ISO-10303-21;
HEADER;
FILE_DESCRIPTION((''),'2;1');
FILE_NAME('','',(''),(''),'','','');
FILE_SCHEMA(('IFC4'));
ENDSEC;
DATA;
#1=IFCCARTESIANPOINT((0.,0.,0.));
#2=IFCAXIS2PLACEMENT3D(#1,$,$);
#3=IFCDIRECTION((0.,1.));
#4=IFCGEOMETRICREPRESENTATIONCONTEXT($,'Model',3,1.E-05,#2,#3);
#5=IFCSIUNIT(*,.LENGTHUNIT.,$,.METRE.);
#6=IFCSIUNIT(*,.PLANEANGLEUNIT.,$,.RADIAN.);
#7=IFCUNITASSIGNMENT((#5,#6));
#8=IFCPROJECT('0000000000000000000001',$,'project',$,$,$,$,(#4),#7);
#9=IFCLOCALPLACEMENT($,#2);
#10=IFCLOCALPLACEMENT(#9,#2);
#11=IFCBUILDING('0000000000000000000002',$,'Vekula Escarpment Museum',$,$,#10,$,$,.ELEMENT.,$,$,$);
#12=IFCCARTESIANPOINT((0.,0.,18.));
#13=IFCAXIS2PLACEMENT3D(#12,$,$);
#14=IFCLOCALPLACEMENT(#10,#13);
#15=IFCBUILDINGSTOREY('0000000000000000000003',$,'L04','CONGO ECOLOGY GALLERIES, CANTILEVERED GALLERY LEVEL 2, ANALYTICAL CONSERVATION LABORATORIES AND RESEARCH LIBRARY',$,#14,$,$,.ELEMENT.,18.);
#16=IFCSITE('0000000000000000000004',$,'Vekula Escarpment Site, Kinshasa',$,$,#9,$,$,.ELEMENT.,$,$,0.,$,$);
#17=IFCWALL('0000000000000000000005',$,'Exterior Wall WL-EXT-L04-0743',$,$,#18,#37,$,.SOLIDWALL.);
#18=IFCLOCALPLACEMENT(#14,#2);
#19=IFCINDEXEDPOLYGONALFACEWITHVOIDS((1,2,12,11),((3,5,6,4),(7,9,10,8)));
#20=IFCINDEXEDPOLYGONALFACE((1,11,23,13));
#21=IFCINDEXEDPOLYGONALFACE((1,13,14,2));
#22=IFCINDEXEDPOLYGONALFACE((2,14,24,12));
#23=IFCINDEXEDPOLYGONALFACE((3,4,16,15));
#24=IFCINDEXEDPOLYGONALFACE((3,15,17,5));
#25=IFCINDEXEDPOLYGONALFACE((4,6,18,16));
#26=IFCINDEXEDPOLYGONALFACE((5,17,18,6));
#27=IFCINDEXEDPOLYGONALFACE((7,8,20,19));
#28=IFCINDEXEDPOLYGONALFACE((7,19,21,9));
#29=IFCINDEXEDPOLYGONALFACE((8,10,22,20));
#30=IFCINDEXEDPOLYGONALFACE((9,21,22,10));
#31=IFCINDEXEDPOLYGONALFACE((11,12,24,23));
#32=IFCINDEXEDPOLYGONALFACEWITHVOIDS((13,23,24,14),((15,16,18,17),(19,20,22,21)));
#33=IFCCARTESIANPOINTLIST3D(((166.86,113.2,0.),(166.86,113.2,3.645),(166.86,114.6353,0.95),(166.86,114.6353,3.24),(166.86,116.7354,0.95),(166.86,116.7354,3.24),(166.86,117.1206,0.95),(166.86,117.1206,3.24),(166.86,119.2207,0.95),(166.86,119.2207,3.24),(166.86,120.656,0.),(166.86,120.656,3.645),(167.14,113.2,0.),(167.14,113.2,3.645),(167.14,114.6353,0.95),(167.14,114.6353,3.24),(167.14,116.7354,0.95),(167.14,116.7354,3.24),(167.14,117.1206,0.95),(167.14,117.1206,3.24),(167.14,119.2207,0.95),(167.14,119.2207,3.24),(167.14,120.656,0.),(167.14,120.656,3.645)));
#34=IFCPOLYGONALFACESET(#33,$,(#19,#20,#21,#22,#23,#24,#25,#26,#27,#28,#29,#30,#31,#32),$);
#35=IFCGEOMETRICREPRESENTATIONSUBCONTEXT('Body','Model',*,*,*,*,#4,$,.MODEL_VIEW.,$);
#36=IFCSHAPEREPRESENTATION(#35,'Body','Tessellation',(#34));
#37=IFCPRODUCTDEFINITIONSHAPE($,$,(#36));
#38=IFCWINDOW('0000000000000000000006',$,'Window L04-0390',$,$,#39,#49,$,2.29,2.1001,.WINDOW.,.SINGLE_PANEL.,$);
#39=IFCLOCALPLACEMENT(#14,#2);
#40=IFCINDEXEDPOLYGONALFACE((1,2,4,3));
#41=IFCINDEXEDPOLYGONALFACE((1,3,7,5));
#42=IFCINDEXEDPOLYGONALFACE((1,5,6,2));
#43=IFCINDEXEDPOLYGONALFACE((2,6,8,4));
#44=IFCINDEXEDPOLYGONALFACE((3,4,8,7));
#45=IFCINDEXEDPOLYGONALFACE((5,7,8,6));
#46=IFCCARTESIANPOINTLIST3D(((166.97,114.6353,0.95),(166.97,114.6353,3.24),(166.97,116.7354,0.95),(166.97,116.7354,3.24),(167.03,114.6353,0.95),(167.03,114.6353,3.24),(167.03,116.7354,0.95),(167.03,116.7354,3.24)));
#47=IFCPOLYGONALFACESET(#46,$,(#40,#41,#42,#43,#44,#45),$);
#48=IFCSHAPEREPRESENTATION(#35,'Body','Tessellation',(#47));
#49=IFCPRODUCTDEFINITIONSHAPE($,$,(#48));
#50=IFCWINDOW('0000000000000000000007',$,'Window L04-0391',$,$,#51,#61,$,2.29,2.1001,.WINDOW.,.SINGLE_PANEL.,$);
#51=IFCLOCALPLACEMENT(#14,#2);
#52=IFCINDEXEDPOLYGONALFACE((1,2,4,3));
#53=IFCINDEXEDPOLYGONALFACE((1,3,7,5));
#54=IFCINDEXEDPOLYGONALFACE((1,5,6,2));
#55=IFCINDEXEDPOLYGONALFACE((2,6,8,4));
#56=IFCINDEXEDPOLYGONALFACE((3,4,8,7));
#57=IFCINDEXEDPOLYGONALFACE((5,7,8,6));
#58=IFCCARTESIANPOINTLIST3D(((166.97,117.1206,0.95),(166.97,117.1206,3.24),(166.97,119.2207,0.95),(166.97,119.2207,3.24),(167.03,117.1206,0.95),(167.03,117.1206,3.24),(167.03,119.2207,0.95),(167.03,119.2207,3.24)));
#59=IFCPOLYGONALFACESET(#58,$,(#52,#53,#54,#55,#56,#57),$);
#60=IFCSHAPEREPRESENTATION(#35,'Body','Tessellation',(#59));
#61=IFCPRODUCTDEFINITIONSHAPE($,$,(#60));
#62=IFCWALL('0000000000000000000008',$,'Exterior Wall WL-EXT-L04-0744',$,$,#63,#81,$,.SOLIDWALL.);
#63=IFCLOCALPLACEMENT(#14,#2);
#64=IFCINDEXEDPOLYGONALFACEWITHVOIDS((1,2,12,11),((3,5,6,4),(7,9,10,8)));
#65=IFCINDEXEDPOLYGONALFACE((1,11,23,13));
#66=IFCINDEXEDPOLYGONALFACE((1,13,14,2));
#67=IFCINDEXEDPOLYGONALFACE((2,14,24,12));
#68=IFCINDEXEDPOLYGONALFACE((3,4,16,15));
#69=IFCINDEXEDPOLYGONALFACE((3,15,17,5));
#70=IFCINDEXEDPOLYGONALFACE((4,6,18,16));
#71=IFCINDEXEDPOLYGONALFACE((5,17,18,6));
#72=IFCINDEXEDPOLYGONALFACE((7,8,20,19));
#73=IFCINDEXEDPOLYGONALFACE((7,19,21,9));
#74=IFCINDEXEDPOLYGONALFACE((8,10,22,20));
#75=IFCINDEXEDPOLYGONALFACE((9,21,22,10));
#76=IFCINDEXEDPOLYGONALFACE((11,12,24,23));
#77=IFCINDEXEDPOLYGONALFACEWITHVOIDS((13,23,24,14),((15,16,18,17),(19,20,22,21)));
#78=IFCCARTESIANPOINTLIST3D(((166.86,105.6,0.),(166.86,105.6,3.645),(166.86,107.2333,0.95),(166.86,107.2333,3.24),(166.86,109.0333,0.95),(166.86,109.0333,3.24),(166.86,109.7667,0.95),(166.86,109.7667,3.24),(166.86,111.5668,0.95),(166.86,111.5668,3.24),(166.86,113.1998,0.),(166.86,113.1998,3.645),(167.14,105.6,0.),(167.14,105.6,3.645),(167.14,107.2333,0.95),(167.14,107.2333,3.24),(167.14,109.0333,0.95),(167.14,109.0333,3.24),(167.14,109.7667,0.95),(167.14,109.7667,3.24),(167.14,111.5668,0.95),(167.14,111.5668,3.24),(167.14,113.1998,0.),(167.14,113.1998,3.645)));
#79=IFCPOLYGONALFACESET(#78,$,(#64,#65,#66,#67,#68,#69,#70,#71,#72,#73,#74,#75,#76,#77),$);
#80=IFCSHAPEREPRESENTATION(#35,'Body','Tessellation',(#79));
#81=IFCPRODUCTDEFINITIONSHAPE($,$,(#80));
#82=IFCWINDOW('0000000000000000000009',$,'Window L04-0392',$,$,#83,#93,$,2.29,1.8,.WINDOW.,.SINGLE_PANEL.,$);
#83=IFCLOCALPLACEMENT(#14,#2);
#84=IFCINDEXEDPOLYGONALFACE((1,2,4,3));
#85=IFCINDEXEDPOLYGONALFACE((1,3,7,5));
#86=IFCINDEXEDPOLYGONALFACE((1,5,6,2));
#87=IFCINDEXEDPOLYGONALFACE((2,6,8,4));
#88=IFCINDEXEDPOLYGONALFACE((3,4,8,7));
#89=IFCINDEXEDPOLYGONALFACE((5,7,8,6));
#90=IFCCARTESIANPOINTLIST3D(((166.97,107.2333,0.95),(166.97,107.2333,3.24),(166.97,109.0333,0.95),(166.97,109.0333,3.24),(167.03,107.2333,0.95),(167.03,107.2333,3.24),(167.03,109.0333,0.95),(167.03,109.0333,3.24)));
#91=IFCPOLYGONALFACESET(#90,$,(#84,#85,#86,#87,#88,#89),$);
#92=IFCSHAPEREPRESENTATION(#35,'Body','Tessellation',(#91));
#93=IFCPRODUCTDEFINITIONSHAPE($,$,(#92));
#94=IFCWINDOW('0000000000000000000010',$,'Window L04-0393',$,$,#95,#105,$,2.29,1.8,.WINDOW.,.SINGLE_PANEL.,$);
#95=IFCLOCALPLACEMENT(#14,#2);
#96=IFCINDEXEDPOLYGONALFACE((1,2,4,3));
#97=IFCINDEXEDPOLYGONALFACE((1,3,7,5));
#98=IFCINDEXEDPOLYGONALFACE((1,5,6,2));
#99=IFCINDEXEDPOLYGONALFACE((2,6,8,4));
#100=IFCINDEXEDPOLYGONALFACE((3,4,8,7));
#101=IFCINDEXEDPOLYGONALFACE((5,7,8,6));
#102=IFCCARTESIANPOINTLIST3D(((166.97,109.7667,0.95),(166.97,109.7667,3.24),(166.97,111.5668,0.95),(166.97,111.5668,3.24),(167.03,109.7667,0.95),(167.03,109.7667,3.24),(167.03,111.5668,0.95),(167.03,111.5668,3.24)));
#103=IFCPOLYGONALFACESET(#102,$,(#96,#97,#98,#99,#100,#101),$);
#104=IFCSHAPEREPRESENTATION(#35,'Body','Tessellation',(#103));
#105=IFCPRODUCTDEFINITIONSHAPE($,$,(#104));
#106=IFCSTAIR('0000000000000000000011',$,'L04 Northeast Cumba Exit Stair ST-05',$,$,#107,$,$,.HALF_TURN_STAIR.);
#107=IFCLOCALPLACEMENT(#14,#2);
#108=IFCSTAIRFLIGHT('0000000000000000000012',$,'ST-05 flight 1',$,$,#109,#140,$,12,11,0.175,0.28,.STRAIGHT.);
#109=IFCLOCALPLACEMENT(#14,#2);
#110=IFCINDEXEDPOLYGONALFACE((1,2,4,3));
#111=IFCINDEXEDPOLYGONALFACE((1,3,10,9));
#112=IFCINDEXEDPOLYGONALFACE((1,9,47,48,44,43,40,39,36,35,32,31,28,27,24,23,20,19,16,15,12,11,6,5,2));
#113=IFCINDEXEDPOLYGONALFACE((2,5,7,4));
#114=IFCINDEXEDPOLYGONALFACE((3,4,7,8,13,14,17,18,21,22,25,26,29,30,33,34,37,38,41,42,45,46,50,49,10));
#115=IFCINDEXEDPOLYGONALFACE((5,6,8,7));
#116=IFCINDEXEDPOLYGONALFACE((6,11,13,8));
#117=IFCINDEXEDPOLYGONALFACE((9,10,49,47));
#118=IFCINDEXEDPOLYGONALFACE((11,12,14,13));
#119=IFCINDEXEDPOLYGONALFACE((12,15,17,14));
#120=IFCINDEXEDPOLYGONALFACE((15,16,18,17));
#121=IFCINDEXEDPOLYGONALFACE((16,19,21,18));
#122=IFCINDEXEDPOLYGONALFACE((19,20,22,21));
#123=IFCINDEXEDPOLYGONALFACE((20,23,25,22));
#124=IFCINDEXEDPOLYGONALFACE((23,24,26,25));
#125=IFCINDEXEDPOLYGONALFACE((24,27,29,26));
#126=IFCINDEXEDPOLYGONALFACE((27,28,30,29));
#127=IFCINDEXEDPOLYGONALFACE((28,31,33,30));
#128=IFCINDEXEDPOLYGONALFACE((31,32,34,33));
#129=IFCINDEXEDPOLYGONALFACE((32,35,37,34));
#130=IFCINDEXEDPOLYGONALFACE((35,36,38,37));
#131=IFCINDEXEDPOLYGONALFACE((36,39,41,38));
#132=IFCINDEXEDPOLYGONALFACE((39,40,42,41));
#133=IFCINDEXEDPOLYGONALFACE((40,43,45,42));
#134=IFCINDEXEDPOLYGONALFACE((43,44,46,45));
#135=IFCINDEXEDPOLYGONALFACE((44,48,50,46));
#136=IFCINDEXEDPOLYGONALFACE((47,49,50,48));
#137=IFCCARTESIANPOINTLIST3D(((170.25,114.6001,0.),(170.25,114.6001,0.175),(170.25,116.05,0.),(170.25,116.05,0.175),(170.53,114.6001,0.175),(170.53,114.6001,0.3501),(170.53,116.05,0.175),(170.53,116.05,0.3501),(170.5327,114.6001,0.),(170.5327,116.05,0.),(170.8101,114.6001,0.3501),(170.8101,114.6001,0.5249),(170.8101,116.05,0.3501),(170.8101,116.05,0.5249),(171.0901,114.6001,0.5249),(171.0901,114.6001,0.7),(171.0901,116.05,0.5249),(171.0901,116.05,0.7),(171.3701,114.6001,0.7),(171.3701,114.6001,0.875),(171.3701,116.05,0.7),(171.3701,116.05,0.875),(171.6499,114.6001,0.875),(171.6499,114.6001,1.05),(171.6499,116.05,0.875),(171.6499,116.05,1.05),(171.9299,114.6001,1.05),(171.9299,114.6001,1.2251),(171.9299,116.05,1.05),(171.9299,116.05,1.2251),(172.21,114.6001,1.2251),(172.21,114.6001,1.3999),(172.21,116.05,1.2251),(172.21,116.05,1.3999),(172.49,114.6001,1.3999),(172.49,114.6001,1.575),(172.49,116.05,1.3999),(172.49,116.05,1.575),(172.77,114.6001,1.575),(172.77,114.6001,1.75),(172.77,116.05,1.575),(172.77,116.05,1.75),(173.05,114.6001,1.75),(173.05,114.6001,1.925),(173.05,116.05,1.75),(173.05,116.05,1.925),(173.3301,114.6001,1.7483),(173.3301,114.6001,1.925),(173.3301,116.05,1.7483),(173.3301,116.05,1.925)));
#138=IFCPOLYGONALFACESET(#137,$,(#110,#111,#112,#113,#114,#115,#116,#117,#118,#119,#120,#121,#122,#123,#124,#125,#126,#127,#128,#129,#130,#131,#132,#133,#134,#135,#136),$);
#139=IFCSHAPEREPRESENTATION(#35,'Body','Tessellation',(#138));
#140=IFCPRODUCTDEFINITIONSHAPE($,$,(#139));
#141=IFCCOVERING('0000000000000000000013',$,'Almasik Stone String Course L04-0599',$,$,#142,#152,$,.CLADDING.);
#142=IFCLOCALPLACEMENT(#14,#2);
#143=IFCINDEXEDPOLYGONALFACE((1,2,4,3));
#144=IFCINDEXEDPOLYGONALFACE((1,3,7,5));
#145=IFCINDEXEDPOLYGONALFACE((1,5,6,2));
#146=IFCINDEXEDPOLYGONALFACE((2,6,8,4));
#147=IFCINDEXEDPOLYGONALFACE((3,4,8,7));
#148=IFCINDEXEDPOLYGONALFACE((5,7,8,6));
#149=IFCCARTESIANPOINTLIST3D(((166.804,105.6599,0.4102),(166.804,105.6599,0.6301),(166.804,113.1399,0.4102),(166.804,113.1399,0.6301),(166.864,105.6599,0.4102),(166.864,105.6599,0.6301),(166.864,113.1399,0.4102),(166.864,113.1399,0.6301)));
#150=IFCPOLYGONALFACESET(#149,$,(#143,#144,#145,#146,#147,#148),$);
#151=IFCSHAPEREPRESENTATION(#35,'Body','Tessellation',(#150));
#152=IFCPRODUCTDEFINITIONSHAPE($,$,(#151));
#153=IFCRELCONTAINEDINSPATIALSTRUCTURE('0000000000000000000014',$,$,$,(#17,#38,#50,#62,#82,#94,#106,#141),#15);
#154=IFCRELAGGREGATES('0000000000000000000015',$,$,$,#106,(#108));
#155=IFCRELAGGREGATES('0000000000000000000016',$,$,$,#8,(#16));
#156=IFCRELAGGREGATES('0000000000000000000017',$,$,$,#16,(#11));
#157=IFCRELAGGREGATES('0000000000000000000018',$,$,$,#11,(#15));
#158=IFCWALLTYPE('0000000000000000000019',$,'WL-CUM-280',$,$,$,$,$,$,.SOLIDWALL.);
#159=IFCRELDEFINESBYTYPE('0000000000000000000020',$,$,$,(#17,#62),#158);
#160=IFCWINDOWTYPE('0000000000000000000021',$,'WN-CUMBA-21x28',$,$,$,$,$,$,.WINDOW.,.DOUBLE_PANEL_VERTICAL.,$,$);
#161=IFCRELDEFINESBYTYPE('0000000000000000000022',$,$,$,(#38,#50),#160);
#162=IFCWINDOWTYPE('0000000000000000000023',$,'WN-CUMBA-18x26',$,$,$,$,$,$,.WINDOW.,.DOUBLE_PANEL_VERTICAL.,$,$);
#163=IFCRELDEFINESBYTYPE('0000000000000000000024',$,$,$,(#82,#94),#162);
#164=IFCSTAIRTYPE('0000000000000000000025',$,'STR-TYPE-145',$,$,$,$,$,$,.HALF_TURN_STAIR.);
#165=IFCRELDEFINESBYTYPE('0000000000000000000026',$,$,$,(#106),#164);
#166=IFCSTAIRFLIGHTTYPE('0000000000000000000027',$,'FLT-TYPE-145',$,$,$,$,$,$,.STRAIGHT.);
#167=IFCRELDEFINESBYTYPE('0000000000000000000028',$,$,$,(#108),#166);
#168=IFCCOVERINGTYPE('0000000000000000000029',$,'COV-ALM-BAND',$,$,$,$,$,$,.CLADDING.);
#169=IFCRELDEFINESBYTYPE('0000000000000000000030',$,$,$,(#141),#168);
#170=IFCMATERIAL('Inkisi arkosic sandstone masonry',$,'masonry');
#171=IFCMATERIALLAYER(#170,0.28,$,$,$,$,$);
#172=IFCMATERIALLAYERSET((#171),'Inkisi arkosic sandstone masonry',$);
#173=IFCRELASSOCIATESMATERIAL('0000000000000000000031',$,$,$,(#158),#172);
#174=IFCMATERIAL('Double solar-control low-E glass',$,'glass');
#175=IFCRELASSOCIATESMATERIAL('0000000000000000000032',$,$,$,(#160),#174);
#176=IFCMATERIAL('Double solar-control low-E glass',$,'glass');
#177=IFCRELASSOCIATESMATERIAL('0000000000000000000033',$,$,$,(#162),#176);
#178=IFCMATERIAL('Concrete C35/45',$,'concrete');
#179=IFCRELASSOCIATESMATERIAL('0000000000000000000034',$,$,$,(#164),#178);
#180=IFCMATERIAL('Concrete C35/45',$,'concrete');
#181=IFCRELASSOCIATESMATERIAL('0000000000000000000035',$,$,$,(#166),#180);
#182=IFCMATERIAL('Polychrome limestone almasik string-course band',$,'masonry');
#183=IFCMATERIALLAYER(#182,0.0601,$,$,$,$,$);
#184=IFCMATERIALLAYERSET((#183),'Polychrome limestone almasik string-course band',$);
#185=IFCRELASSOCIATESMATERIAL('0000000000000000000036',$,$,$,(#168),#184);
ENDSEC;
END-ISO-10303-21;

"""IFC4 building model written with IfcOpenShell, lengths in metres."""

from ifc_helpers import new_model, si_unit, direction, frame, frame_2d, origin, origin_2d, place, context, subcontext, project, spatial, polyline, rectangle, outline, extrude, material, layer, layer_set, type_object, element, fill, aggregate, save


model = new_model("IFC4")

# Units and contexts
model_context = context("Model", 3, precision=1e-05, world=origin(), true_north=direction((0.0, 1.0)))
body_context = subcontext(model_context, "Body", "Model", "MODEL_VIEW")
ifc_project = project(units=[si_unit("LENGTHUNIT", "METRE"), si_unit("PLANEANGLEUNIT", "RADIAN")], contexts=[model_context])

# Site, building, storey
site_placement = place(None, origin())
site = spatial("IfcSite", under=ifc_project, at=site_placement, Name="Vekula Escarpment Site, Kinshasa", CompositionType="ELEMENT", RefElevation=0.0)
building_placement = place(site_placement, origin())
building = spatial("IfcBuilding", under=site, at=building_placement, Name="Vekula Escarpment Museum", CompositionType="ELEMENT")
storey_placement = place(building_placement, frame((0.0, 0.0, 18.0)))
storey = spatial("IfcBuildingStorey", under=building, at=storey_placement, Name="L04", Description="CONGO ECOLOGY GALLERIES, CANTILEVERED GALLERY LEVEL 2, ANALYTICAL CONSERVATION LABORATORIES AND RESEARCH LIBRARY", CompositionType="ELEMENT", Elevation=18.0)

# Walls, openings, windows
ifc_material_1 = material(Name="Inkisi arkosic sandstone masonry", Category="masonry")
ifc_layer_1 = layer(ifc_material_1, 0.28)
ifc_layer_set_1 = layer_set([ifc_layer_1], Name="Inkisi arkosic sandstone masonry")
wall_type_1 = type_object("IfcWallType", Name="WL-CUM-280", PredefinedType="SOLIDWALL", material=ifc_layer_set_1)
wall_1_placement = place(storey_placement, frame((167.0, 113.2, 0.0), z_axis=(0.0, 0.0, 1.0), x_axis=(0.0, 1.0, 0.0)))
wall_1 = element("IfcWall", 1, at=wall_1_placement, inside=storey, type_object=wall_type_1, Name="Exterior Wall WL-EXT-L04-0743", PredefinedType="SOLIDWALL", context=body_context, shape_type="SweptSolid", body=[
    extrude(rectangle(XDim=7.4561, YDim=0.28, at=frame_2d((3.728, 0.0))), origin(), (0.0, 0.0, 1.0), 3.645),
])
opening_1_placement = place(wall_1_placement, frame((1.4353, 0.0, 0.95)))
opening_1 = element("IfcOpeningElement", 2, at=opening_1_placement, cuts=wall_1, PredefinedType="OPENING", context=body_context, shape_type="SweptSolid", body=[
    extrude(rectangle(XDim=2.1001, YDim=2.29, at=frame_2d((1.05, 1.145))), frame((0.0, 0.1499, 0.0), z_axis=(0.0, -1.0, 0.0), x_axis=(1.0, 0.0, 0.0)), (0.0, 0.0, 1.0), 0.3),
])
opening_2_placement = place(wall_1_placement, frame((3.9207, 0.0, 0.95)))
opening_2 = element("IfcOpeningElement", 3, at=opening_2_placement, cuts=wall_1, PredefinedType="OPENING", context=body_context, shape_type="SweptSolid", body=[
    extrude(rectangle(XDim=2.1001, YDim=2.29, at=frame_2d((1.05, 1.145))), frame((0.0, 0.1499, 0.0), z_axis=(0.0, -1.0, 0.0), x_axis=(1.0, 0.0, 0.0)), (0.0, 0.0, 1.0), 0.3),
])
ifc_material_2 = material(Name="Double solar-control low-E glass", Category="glass")
window_type_1 = type_object("IfcWindowType", Name="WN-CUMBA-21x28", PartitioningType="DOUBLE_PANEL_VERTICAL", PredefinedType="WINDOW", material=ifc_material_2)
window_1_placement = place(opening_1_placement, origin())
window_1 = element("IfcWindow", 4, at=window_1_placement, inside=storey, type_object=window_type_1, Name="Window L04-0390", OverallHeight=2.29, OverallWidth=2.1001, PartitioningType="SINGLE_PANEL", PredefinedType="WINDOW", context=body_context, shape_type="SweptSolid", body=[
    extrude(rectangle(XDim=2.1001, YDim=2.29, at=frame_2d((1.05, 1.145))), frame((0.0, 0.03, 0.0), z_axis=(0.0, -1.0, 0.0), x_axis=(1.0, 0.0, 0.0)), (0.0, 0.0, 1.0), 0.0601),
])
fill(opening_1, window_1)
window_2_placement = place(opening_2_placement, origin())
window_2 = element("IfcWindow", 5, at=window_2_placement, inside=storey, type_object=window_type_1, Name="Window L04-0391", OverallHeight=2.29, OverallWidth=2.1001, PartitioningType="SINGLE_PANEL", PredefinedType="WINDOW", context=body_context, shape_type="SweptSolid", body=[
    extrude(rectangle(XDim=2.1001, YDim=2.29, at=frame_2d((1.05, 1.145))), frame((0.0, 0.03, 0.0), z_axis=(0.0, -1.0, 0.0), x_axis=(1.0, 0.0, 0.0)), (0.0, 0.0, 1.0), 0.0601),
])
fill(opening_2, window_2)
wall_2_placement = place(storey_placement, frame((167.0, 105.6001, 0.0), z_axis=(0.0, 0.0, 1.0), x_axis=(0.0, 1.0, 0.0)))
wall_2 = element("IfcWall", 6, at=wall_2_placement, inside=storey, type_object=wall_type_1, Name="Exterior Wall WL-EXT-L04-0744", PredefinedType="SOLIDWALL", context=body_context, shape_type="SweptSolid", body=[
    extrude(rectangle(XDim=7.5999, YDim=0.28, at=frame_2d((3.7998, 0.0))), origin(), (0.0, 0.0, 1.0), 3.645),
])
opening_3_placement = place(wall_2_placement, frame((1.6333, 0.0, 0.95)))
opening_3 = element("IfcOpeningElement", 7, at=opening_3_placement, cuts=wall_2, PredefinedType="OPENING", context=body_context, shape_type="SweptSolid", body=[
    extrude(rectangle(XDim=1.8, YDim=2.29, at=frame_2d((0.8999, 1.145))), frame((0.0, 0.1499, 0.0), z_axis=(0.0, -1.0, 0.0), x_axis=(1.0, 0.0, 0.0)), (0.0, 0.0, 1.0), 0.3),
])
opening_4_placement = place(wall_2_placement, frame((4.1667, 0.0, 0.95)))
opening_4 = element("IfcOpeningElement", 8, at=opening_4_placement, cuts=wall_2, PredefinedType="OPENING", context=body_context, shape_type="SweptSolid", body=[
    extrude(rectangle(XDim=1.8, YDim=2.29, at=frame_2d((0.8999, 1.145))), frame((0.0, 0.1499, 0.0), z_axis=(0.0, -1.0, 0.0), x_axis=(1.0, 0.0, 0.0)), (0.0, 0.0, 1.0), 0.3),
])
ifc_material_3 = material(Name="Double solar-control low-E glass", Category="glass")
window_type_2 = type_object("IfcWindowType", Name="WN-CUMBA-18x26", PartitioningType="DOUBLE_PANEL_VERTICAL", PredefinedType="WINDOW", material=ifc_material_3)
window_3_placement = place(opening_3_placement, origin())
window_3 = element("IfcWindow", 9, at=window_3_placement, inside=storey, type_object=window_type_2, Name="Window L04-0392", OverallHeight=2.29, OverallWidth=1.8, PartitioningType="SINGLE_PANEL", PredefinedType="WINDOW", context=body_context, shape_type="SweptSolid", body=[
    extrude(rectangle(XDim=1.8, YDim=2.29, at=frame_2d((0.8999, 1.145))), frame((0.0, 0.03, 0.0), z_axis=(0.0, -1.0, 0.0), x_axis=(1.0, 0.0, 0.0)), (0.0, 0.0, 1.0), 0.0601),
])
fill(opening_3, window_3)
window_4_placement = place(opening_4_placement, origin())
window_4 = element("IfcWindow", 10, at=window_4_placement, inside=storey, type_object=window_type_2, Name="Window L04-0393", OverallHeight=2.29, OverallWidth=1.8, PartitioningType="SINGLE_PANEL", PredefinedType="WINDOW", context=body_context, shape_type="SweptSolid", body=[
    extrude(rectangle(XDim=1.8, YDim=2.29, at=frame_2d((0.8999, 1.145))), frame((0.0, 0.03, 0.0), z_axis=(0.0, -1.0, 0.0), x_axis=(1.0, 0.0, 0.0)), (0.0, 0.0, 1.0), 0.0601),
])
fill(opening_4, window_4)

# Stair, stair flight
ifc_material_4 = material(Name="Concrete C35/45", Category="concrete")
stair_type = type_object("IfcStairType", Name="STR-TYPE-145", PredefinedType="HALF_TURN_STAIR", material=ifc_material_4)
stair_placement = place(storey_placement, origin())
stair = element("IfcStair", 11, at=stair_placement, inside=storey, type_object=stair_type, Name="L04 Northeast Cumba Exit Stair ST-05", PredefinedType="HALF_TURN_STAIR")
ifc_material_5 = material(Name="Concrete C35/45", Category="concrete")
stair_flight_type = type_object("IfcStairFlightType", Name="FLT-TYPE-145", PredefinedType="STRAIGHT", material=ifc_material_5)
stair_flight_placement = place(storey_placement, frame((170.25, 115.325, 0.0), z_axis=(0.0, 0.0, 1.0), x_axis=(1.0, 0.0, 0.0)))
stair_flight = element("IfcStairFlight", 12, at=stair_flight_placement, type_object=stair_flight_type, Name="ST-05 flight 1", NumberOfRisers=12, NumberOfTreads=11, PredefinedType="STRAIGHT", RiserHeight=0.175, TreadLength=0.28, context=body_context, shape_type="SweptSolid", body=[
    extrude(outline(polyline([(0.0, 0.0), (0.0, 0.175), (0.28, 0.175), (0.28, 0.3501), (0.5601, 0.3501), (0.5601, 0.5249), (0.8401, 0.5249), (0.8401, 0.7), (1.1201, 0.7), (1.1201, 0.875), (1.3999, 0.875), (1.3999, 1.05), (1.6799, 1.05), (1.6799, 1.2251), (1.96, 1.2251), (1.96, 1.3999), (2.24, 1.3999), (2.24, 1.575), (2.52, 1.575), (2.52, 1.75), (2.8, 1.75), (2.8, 1.925), (3.0801, 1.925), (3.0801, 2.1001), (3.0801, 1.7483), (0.2827, 0.0), (0.0, 0.0)])), frame((0.0, 0.7251, 0.0), z_axis=(0.0, -1.0, 0.0), x_axis=(1.0, 0.0, 0.0)), (0.0, 0.0, 1.0), 1.45),
])
aggregate(stair, [stair_flight])

# Covering
ifc_material_6 = material(Name="Polychrome limestone almasik string-course band", Category="masonry")
ifc_layer_2 = layer(ifc_material_6, 0.0601)
ifc_layer_set_2 = layer_set([ifc_layer_2], Name="Polychrome limestone almasik string-course band")
covering_type = type_object("IfcCoveringType", Name="COV-ALM-BAND", PredefinedType="CLADDING", material=ifc_layer_set_2)
covering_placement = place(storey_placement, frame((166.834, 109.3999, 0.4102), z_axis=(0.0, 0.0, 1.0), x_axis=(0.0, 1.0, 0.0)))
element("IfcCovering", 13, at=covering_placement, inside=storey, type_object=covering_type, Name="Almasik Stone String Course L04-0599", PredefinedType="CLADDING", context=body_context, shape_type="SweptSolid", body=[
    extrude(rectangle(XDim=7.48, YDim=0.0601, at=origin_2d()), origin(), (0.0, 0.0, 1.0), 0.22),
])

save(model, "model.ifc")
